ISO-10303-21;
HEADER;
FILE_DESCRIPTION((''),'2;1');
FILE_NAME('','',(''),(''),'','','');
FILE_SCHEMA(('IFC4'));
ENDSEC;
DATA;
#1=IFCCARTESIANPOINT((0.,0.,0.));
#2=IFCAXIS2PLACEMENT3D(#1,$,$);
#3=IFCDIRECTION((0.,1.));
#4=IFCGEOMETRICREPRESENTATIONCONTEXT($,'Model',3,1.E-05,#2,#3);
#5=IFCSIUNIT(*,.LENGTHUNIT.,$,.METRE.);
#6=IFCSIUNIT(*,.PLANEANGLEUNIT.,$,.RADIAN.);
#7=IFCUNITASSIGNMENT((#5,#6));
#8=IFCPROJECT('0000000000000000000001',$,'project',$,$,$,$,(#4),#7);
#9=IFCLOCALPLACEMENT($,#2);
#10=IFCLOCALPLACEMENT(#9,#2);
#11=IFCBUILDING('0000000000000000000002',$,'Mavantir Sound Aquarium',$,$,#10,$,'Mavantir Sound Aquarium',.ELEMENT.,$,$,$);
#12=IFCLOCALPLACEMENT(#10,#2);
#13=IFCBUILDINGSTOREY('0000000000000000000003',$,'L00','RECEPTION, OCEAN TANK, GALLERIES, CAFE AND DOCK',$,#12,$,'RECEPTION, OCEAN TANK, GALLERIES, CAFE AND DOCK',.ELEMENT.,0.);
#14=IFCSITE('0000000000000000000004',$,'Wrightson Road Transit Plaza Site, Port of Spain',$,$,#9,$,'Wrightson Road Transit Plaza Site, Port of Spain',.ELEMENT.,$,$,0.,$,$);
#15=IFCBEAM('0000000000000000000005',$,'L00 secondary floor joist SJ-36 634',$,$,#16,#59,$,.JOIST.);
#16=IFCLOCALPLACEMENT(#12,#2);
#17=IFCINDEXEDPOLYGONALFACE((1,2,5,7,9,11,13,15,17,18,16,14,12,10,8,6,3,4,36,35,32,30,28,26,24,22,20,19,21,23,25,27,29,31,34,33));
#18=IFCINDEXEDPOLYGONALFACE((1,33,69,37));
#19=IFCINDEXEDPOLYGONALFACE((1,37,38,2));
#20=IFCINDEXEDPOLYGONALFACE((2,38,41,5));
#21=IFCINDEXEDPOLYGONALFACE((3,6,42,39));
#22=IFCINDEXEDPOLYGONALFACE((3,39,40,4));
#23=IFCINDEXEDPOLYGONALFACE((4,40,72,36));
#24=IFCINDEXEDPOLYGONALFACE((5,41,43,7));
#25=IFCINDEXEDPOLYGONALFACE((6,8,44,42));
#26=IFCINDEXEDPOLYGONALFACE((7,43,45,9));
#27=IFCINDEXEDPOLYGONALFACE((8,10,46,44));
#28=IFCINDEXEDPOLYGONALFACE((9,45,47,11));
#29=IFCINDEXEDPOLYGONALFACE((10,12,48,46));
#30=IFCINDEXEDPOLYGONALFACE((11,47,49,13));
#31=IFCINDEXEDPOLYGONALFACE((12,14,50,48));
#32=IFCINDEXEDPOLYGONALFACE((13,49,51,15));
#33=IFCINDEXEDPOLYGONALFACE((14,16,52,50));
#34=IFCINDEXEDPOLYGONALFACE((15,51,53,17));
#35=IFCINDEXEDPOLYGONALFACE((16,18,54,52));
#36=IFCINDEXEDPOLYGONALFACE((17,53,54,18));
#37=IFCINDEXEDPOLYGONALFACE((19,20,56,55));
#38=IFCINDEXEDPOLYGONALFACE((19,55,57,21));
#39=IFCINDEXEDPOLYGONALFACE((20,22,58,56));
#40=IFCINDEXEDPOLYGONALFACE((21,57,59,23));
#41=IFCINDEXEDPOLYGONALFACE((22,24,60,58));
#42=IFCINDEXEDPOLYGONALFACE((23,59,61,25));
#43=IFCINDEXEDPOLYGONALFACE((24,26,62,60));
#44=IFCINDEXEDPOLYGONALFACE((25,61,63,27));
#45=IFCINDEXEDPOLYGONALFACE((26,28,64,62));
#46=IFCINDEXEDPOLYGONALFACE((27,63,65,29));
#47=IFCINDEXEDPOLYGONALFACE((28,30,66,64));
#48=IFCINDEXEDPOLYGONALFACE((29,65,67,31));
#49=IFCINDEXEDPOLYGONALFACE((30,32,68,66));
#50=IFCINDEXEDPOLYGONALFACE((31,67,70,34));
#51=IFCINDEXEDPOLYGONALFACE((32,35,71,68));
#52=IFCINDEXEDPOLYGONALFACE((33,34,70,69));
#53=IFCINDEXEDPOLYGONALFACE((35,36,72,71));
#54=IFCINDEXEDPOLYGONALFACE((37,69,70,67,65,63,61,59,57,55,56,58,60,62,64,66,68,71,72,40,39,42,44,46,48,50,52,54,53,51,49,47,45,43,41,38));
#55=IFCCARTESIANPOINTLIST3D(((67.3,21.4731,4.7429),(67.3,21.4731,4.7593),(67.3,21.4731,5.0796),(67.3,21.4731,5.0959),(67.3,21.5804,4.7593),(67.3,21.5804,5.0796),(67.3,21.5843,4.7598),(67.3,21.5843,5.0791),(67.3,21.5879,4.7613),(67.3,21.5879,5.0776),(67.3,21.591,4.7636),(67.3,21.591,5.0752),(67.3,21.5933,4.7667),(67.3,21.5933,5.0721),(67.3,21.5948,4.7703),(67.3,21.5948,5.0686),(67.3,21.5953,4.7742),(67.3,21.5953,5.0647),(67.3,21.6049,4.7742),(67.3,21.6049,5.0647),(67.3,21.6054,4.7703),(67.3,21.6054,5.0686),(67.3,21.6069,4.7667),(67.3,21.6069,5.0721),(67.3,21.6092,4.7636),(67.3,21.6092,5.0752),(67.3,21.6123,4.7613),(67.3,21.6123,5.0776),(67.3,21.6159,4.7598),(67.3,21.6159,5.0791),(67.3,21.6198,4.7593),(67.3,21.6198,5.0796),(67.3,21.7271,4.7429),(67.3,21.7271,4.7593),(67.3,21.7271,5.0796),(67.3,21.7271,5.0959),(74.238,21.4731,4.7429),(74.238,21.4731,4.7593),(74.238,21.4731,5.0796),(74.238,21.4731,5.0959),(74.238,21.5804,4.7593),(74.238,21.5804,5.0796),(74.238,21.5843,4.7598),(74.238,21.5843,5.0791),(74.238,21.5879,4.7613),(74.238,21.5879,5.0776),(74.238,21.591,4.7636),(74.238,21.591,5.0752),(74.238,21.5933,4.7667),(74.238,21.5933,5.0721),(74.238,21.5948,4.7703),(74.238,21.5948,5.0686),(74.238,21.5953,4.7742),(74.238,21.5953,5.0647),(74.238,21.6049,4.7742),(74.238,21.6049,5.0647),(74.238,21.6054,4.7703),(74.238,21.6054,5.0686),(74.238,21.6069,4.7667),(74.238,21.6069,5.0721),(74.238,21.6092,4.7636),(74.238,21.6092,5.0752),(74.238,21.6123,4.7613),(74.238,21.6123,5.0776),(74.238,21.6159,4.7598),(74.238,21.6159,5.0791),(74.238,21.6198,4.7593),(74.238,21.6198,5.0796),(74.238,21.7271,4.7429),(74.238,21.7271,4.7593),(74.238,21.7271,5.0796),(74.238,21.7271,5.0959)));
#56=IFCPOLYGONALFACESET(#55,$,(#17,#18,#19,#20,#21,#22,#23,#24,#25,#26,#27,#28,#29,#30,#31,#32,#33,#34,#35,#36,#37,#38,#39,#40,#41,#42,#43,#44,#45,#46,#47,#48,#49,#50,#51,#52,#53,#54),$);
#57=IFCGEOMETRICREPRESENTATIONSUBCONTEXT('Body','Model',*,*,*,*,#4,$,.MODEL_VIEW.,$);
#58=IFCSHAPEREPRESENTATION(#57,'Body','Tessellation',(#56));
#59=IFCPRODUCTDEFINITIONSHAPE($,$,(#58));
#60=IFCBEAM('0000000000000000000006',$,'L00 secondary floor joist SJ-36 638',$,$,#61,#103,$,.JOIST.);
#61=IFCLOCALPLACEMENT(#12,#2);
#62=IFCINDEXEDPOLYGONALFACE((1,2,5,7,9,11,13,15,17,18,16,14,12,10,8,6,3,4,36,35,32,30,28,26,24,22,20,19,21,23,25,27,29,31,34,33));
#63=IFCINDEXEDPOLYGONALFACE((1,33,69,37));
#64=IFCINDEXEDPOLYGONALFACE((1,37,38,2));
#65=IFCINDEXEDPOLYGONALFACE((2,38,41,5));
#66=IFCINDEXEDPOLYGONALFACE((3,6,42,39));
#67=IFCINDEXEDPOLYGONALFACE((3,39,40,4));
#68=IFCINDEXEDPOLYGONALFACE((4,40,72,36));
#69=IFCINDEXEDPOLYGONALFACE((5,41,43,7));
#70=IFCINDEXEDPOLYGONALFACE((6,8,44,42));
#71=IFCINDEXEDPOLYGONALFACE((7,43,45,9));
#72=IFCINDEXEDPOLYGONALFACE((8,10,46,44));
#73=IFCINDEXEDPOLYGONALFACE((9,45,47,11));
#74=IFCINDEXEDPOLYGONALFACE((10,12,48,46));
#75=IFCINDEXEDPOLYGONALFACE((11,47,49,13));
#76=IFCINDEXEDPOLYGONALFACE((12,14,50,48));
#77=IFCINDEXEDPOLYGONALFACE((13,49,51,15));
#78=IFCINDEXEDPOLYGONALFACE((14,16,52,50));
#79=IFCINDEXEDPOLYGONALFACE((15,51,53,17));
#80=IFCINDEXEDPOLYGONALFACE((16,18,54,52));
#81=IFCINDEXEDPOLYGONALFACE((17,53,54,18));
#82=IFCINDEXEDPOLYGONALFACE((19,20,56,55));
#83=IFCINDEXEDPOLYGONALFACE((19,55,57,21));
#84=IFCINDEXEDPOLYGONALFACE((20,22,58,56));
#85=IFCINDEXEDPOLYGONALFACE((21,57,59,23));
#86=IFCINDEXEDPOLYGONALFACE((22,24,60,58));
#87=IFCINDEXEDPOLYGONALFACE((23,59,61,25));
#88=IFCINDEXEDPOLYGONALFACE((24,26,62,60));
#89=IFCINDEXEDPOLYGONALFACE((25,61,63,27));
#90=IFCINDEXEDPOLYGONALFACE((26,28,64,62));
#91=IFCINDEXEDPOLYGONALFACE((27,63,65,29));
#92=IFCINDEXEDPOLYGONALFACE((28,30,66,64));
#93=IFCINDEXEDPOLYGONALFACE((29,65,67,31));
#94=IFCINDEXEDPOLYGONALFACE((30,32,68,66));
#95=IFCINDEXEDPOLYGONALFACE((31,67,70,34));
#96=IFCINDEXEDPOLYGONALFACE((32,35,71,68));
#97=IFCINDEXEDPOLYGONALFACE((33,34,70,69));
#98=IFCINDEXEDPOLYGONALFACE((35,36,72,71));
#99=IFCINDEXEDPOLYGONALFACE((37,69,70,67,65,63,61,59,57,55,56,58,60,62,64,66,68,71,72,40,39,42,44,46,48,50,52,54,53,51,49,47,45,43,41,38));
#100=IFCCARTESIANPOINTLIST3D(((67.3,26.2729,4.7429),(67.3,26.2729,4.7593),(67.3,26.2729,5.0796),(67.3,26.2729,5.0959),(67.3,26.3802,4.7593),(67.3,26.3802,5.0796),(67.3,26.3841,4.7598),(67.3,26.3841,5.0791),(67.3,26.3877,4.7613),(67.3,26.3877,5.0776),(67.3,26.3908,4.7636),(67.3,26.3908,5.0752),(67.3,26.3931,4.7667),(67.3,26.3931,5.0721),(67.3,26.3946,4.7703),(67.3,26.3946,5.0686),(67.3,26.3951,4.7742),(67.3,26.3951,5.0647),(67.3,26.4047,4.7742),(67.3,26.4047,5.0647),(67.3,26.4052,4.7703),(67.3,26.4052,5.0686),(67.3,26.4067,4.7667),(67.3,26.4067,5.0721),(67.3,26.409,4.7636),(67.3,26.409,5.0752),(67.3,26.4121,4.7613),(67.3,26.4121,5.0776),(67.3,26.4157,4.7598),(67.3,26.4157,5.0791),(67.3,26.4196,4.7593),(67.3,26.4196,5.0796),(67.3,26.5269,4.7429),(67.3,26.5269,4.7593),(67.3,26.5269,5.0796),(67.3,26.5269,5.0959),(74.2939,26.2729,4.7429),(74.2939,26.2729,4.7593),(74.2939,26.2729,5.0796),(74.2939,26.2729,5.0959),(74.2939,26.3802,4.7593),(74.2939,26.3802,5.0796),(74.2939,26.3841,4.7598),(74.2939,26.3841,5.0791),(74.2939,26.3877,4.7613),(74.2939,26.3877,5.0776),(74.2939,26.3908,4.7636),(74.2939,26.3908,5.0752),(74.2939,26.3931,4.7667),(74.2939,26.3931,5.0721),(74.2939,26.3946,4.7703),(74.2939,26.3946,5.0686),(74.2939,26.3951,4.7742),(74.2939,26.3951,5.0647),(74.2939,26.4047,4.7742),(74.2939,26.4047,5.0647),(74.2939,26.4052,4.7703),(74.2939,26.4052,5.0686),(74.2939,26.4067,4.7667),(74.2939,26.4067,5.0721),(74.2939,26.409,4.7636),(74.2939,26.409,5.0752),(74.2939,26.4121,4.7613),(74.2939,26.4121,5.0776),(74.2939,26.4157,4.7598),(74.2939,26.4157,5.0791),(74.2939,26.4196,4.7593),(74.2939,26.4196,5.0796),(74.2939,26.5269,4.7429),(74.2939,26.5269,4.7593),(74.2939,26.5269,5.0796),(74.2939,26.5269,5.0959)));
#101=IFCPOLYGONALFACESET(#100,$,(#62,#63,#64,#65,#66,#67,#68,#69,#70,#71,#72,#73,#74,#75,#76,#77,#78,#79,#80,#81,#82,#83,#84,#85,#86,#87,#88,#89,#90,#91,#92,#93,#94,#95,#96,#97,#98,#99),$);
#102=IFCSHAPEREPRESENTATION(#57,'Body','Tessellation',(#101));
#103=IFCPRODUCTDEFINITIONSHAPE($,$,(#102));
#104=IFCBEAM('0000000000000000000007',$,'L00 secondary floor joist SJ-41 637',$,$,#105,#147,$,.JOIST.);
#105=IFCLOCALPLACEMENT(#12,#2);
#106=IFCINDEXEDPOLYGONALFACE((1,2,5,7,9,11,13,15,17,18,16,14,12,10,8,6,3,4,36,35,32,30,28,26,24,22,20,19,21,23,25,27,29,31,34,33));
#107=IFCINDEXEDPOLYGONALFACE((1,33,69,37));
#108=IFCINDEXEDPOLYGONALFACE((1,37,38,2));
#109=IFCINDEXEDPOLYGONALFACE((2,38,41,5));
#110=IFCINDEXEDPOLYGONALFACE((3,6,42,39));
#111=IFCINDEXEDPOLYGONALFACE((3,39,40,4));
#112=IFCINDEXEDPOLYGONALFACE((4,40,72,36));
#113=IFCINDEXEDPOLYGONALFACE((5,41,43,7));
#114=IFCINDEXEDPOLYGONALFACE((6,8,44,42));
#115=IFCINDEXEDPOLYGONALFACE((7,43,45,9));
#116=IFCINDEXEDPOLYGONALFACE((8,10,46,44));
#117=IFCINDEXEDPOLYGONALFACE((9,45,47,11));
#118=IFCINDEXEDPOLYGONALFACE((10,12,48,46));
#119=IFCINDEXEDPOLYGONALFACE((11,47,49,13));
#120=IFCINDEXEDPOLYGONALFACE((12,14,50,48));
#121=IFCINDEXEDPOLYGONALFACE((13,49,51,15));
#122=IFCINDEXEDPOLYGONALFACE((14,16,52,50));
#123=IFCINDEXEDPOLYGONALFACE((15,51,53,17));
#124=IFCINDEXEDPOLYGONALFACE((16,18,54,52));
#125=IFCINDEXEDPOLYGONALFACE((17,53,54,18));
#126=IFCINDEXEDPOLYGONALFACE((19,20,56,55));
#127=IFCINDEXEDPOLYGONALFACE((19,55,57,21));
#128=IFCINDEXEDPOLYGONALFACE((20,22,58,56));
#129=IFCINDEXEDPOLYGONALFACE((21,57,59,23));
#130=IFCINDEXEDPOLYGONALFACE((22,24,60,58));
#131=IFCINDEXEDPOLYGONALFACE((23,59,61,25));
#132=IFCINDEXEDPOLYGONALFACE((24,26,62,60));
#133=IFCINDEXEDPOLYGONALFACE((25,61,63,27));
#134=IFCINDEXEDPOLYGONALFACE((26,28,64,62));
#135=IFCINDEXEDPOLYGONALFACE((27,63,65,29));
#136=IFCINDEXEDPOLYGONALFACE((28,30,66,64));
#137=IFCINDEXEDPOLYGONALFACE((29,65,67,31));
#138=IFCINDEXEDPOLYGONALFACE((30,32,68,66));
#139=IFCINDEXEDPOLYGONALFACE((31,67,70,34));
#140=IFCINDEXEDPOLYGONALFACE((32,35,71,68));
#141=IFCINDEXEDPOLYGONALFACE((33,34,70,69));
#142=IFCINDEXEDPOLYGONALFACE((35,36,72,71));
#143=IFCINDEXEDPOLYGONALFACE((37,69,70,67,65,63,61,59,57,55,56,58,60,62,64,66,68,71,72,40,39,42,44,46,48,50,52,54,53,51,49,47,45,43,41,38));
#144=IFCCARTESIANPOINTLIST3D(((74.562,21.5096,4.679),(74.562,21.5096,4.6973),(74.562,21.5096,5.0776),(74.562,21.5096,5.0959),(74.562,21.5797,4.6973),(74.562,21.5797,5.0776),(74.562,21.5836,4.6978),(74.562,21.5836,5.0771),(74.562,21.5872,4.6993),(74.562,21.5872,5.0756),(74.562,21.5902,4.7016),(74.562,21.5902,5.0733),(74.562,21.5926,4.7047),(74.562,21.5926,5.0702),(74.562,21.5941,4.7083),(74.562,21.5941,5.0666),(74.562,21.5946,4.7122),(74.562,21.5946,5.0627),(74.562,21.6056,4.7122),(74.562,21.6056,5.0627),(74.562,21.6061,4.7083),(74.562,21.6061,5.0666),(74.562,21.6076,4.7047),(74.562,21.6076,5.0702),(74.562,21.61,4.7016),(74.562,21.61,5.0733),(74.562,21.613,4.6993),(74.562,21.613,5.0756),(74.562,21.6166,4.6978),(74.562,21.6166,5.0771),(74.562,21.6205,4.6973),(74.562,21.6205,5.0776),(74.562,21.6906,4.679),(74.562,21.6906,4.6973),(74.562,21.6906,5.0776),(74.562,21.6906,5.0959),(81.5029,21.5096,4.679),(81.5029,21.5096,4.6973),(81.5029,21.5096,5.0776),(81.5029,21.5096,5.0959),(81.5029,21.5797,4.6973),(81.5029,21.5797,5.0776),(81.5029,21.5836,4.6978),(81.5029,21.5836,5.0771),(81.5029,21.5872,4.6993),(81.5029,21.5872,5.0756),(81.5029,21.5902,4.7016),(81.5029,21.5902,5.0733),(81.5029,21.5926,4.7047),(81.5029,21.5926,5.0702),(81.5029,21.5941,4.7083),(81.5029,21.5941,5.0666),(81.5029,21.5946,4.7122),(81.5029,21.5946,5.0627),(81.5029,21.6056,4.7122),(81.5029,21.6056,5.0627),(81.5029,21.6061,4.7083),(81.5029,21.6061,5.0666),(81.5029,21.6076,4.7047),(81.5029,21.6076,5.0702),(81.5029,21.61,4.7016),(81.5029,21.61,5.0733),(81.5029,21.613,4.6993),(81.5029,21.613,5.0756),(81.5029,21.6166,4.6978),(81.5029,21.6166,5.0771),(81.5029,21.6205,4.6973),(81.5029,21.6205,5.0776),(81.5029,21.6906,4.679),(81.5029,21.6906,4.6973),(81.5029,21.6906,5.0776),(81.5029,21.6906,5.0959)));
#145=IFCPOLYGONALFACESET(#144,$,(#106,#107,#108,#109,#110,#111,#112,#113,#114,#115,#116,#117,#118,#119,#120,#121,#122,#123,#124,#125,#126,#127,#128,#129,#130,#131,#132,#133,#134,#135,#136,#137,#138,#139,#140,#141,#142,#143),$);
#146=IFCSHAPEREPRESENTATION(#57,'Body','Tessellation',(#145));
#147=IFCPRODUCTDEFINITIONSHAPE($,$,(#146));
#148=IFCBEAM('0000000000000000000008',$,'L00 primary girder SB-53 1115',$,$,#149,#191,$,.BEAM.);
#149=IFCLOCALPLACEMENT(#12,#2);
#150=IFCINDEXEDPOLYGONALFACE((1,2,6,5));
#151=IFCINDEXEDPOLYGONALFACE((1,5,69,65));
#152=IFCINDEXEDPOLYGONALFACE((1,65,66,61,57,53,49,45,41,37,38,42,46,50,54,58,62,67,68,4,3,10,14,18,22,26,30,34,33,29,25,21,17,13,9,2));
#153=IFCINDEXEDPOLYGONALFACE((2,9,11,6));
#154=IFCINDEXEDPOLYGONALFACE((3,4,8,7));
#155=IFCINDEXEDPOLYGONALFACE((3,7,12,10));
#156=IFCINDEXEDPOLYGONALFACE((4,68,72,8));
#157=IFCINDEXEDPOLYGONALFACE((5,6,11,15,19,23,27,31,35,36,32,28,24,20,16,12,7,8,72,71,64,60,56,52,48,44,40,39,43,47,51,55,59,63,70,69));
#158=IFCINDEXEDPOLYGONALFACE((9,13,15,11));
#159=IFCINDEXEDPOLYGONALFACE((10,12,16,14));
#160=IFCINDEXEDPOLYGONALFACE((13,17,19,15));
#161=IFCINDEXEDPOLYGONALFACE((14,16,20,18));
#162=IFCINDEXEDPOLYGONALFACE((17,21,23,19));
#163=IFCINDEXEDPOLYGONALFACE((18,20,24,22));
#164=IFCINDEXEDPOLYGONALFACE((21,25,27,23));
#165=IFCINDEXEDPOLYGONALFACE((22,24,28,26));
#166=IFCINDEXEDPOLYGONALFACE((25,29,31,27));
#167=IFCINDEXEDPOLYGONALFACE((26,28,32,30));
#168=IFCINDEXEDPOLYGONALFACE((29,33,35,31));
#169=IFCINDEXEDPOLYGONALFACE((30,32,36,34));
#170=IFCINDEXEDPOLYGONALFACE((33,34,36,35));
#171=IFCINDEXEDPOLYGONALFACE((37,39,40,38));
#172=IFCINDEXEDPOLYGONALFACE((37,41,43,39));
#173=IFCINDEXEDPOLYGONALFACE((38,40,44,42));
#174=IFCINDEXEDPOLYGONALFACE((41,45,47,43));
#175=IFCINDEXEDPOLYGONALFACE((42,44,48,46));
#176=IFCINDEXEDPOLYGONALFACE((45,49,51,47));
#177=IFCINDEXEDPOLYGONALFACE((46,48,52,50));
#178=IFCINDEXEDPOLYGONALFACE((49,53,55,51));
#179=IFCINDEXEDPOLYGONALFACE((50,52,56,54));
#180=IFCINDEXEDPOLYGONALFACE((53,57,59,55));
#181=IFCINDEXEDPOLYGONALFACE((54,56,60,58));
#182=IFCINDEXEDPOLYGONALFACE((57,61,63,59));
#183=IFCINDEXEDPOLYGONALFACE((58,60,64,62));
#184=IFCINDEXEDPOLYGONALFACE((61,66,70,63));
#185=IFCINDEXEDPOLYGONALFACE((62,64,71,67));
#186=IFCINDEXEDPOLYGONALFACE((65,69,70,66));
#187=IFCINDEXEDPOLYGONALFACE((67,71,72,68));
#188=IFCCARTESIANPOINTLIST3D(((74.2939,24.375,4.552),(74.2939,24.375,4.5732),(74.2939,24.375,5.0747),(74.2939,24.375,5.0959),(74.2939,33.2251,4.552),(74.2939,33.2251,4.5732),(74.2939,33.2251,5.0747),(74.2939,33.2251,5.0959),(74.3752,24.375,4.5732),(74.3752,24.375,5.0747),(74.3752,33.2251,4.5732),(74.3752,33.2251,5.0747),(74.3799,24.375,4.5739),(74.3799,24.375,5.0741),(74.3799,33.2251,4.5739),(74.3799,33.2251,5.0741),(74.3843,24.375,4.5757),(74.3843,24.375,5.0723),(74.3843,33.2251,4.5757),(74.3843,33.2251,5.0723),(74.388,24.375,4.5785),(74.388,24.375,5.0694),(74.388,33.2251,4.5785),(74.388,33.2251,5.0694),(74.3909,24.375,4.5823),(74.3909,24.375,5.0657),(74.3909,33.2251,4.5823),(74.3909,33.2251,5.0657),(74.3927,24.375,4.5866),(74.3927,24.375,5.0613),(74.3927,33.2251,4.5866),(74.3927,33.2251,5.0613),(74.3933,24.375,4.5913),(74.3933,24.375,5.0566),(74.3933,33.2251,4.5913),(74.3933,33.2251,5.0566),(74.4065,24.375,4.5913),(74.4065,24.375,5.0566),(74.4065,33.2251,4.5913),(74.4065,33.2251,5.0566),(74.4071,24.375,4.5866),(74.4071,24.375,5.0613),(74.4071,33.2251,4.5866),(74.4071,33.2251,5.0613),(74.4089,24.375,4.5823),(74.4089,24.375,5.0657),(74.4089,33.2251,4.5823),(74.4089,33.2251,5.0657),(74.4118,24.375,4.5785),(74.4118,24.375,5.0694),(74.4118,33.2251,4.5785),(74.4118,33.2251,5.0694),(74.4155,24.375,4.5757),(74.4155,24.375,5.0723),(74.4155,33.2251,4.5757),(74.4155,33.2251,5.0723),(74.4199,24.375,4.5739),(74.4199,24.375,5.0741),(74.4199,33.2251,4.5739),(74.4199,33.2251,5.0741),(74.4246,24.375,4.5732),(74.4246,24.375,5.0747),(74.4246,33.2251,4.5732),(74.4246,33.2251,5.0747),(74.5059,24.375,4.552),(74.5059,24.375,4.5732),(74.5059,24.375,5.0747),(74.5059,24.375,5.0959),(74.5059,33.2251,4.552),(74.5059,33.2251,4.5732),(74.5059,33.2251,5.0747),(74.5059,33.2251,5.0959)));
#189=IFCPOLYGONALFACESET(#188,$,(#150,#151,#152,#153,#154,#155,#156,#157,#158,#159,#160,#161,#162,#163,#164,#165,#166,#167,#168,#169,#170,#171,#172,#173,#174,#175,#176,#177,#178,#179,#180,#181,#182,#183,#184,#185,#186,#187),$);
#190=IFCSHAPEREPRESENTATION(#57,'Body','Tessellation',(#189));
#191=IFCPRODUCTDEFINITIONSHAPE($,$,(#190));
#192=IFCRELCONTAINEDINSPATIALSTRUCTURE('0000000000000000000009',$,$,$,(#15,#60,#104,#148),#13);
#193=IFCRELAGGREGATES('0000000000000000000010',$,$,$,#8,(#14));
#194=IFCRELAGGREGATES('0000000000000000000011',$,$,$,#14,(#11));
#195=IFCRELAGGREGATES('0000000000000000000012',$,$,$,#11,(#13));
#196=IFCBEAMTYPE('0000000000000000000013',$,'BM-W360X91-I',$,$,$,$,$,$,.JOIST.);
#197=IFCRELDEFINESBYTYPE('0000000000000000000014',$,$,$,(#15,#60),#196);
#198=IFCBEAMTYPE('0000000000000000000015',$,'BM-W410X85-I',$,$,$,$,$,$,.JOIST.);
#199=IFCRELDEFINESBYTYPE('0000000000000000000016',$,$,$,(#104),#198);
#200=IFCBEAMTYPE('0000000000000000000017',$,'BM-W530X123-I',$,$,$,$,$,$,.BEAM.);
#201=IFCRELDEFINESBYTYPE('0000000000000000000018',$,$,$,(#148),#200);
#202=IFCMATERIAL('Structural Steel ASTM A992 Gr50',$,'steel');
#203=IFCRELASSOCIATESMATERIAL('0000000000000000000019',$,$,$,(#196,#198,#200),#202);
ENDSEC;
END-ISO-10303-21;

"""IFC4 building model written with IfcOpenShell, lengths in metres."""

from ifc_helpers import new_model, si_unit, direction, frame, origin, origin_2d, place, context, subcontext, project, spatial, i_section, extrude, material, material_profile, profile_set, type_object, element, save


model = new_model("IFC4")

# Units and contexts
model_context = context("Model", 3, precision=1e-05, world=origin(), true_north=direction((0.0, 1.0)))
body_context = subcontext(model_context, "Body", "Model", "MODEL_VIEW")
ifc_project = project(units=[si_unit("LENGTHUNIT", "METRE"), si_unit("PLANEANGLEUNIT", "RADIAN")], contexts=[model_context])

# Site, building, storey
site_placement = place(None, origin())
site = spatial("IfcSite", under=ifc_project, at=site_placement, Name="Wrightson Road Transit Plaza Site, Port of Spain", LongName="Wrightson Road Transit Plaza Site, Port of Spain", CompositionType="ELEMENT", RefElevation=0.0)
building_placement = place(site_placement, origin())
building = spatial("IfcBuilding", under=site, at=building_placement, Name="Mavantir Sound Aquarium", LongName="Mavantir Sound Aquarium", CompositionType="ELEMENT")
storey_placement = place(building_placement, origin())
storey = spatial("IfcBuildingStorey", under=building, at=storey_placement, Name="L00", Description="RECEPTION, OCEAN TANK, GALLERIES, CAFE AND DOCK", LongName="RECEPTION, OCEAN TANK, GALLERIES, CAFE AND DOCK", CompositionType="ELEMENT", Elevation=0.0)

# Beams
ifc_material_1 = material(Name="Structural Steel ASTM A992 Gr50", Category="steel")
ifc_material_profile_1 = material_profile(ifc_material_1, i_section(OverallWidth=0.2539, OverallDepth=0.353, WebThickness=0.0095, FlangeThickness=0.0164, FilletRadius=0.0149, at=origin_2d()), Name="W360X91")
ifc_profile_set_1 = profile_set([ifc_material_profile_1], Name="Structural Steel ASTM A992 Gr50")
beam_type_1 = type_object("IfcBeamType", Name="BM-W360X91-I", PredefinedType="JOIST", material=ifc_profile_set_1)
beam_1_placement = place(storey_placement, frame((67.3, 21.6001, 4.9194), z_axis=(1.0, 0.0, 0.0), x_axis=(0.0, 1.0, 0.0)))
element("IfcBeam", 1, at=beam_1_placement, inside=storey, type_object=beam_type_1, Name="L00 secondary floor joist SJ-36 634", PredefinedType="JOIST", context=body_context, shape_type="SweptSolid", body=[
    extrude(i_section(OverallWidth=0.2539, OverallDepth=0.353, WebThickness=0.0095, FlangeThickness=0.0164, FilletRadius=0.0149, at=origin_2d()), origin(), (0.0, 0.0, 1.0), 6.938),
])
beam_2_placement = place(storey_placement, frame((67.3, 26.3999, 4.9194), z_axis=(1.0, 0.0, 0.0), x_axis=(0.0, 1.0, 0.0)))
element("IfcBeam", 2, at=beam_2_placement, inside=storey, type_object=beam_type_1, Name="L00 secondary floor joist SJ-36 638", PredefinedType="JOIST", context=body_context, shape_type="SweptSolid", body=[
    extrude(i_section(OverallWidth=0.2539, OverallDepth=0.353, WebThickness=0.0095, FlangeThickness=0.0164, FilletRadius=0.0149, at=origin_2d()), origin(), (0.0, 0.0, 1.0), 6.9939),
])
ifc_material_profile_2 = material_profile(ifc_material_1, i_section(OverallWidth=0.1809, OverallDepth=0.417, WebThickness=0.011, FlangeThickness=0.0183, FilletRadius=0.0149, at=origin_2d()), Name="W410X85")
ifc_profile_set_2 = profile_set([ifc_material_profile_2], Name="Structural Steel ASTM A992 Gr50")
beam_type_2 = type_object("IfcBeamType", Name="BM-W410X85-I", PredefinedType="JOIST", material=ifc_profile_set_2)
beam_3_placement = place(storey_placement, frame((74.562, 21.6001, 4.8875), z_axis=(1.0, 0.0, 0.0), x_axis=(0.0, 1.0, 0.0)))
element("IfcBeam", 3, at=beam_3_placement, inside=storey, type_object=beam_type_2, Name="L00 secondary floor joist SJ-41 637", PredefinedType="JOIST", context=body_context, shape_type="SweptSolid", body=[
    extrude(i_section(OverallWidth=0.1809, OverallDepth=0.417, WebThickness=0.011, FlangeThickness=0.0183, FilletRadius=0.0149, at=origin_2d()), origin(), (0.0, 0.0, 1.0), 6.9409),
])
ifc_material_profile_3 = material_profile(ifc_material_1, i_section(OverallWidth=0.2119, OverallDepth=0.5439, WebThickness=0.0132, FlangeThickness=0.0212, FilletRadius=0.0181, at=origin_2d()), Name="W530X123")
ifc_profile_set_3 = profile_set([ifc_material_profile_3], Name="Structural Steel ASTM A992 Gr50")
beam_type_3 = type_object("IfcBeamType", Name="BM-W530X123-I", PredefinedType="BEAM", material=ifc_profile_set_3)
beam_4_placement = place(storey_placement, frame((74.3999, 24.375, 4.824), z_axis=(0.0, 1.0, 0.0), x_axis=(-1.0, 0.0, 0.0)))
element("IfcBeam", 4, at=beam_4_placement, inside=storey, type_object=beam_type_3, Name="L00 primary girder SB-53 1115", PredefinedType="BEAM", context=body_context, shape_type="SweptSolid", body=[
    extrude(i_section(OverallWidth=0.2119, OverallDepth=0.5439, WebThickness=0.0132, FlangeThickness=0.0212, FilletRadius=0.0181, at=origin_2d()), origin(), (0.0, 0.0, 1.0), 8.8501),
])

save(model, "model.ifc")
